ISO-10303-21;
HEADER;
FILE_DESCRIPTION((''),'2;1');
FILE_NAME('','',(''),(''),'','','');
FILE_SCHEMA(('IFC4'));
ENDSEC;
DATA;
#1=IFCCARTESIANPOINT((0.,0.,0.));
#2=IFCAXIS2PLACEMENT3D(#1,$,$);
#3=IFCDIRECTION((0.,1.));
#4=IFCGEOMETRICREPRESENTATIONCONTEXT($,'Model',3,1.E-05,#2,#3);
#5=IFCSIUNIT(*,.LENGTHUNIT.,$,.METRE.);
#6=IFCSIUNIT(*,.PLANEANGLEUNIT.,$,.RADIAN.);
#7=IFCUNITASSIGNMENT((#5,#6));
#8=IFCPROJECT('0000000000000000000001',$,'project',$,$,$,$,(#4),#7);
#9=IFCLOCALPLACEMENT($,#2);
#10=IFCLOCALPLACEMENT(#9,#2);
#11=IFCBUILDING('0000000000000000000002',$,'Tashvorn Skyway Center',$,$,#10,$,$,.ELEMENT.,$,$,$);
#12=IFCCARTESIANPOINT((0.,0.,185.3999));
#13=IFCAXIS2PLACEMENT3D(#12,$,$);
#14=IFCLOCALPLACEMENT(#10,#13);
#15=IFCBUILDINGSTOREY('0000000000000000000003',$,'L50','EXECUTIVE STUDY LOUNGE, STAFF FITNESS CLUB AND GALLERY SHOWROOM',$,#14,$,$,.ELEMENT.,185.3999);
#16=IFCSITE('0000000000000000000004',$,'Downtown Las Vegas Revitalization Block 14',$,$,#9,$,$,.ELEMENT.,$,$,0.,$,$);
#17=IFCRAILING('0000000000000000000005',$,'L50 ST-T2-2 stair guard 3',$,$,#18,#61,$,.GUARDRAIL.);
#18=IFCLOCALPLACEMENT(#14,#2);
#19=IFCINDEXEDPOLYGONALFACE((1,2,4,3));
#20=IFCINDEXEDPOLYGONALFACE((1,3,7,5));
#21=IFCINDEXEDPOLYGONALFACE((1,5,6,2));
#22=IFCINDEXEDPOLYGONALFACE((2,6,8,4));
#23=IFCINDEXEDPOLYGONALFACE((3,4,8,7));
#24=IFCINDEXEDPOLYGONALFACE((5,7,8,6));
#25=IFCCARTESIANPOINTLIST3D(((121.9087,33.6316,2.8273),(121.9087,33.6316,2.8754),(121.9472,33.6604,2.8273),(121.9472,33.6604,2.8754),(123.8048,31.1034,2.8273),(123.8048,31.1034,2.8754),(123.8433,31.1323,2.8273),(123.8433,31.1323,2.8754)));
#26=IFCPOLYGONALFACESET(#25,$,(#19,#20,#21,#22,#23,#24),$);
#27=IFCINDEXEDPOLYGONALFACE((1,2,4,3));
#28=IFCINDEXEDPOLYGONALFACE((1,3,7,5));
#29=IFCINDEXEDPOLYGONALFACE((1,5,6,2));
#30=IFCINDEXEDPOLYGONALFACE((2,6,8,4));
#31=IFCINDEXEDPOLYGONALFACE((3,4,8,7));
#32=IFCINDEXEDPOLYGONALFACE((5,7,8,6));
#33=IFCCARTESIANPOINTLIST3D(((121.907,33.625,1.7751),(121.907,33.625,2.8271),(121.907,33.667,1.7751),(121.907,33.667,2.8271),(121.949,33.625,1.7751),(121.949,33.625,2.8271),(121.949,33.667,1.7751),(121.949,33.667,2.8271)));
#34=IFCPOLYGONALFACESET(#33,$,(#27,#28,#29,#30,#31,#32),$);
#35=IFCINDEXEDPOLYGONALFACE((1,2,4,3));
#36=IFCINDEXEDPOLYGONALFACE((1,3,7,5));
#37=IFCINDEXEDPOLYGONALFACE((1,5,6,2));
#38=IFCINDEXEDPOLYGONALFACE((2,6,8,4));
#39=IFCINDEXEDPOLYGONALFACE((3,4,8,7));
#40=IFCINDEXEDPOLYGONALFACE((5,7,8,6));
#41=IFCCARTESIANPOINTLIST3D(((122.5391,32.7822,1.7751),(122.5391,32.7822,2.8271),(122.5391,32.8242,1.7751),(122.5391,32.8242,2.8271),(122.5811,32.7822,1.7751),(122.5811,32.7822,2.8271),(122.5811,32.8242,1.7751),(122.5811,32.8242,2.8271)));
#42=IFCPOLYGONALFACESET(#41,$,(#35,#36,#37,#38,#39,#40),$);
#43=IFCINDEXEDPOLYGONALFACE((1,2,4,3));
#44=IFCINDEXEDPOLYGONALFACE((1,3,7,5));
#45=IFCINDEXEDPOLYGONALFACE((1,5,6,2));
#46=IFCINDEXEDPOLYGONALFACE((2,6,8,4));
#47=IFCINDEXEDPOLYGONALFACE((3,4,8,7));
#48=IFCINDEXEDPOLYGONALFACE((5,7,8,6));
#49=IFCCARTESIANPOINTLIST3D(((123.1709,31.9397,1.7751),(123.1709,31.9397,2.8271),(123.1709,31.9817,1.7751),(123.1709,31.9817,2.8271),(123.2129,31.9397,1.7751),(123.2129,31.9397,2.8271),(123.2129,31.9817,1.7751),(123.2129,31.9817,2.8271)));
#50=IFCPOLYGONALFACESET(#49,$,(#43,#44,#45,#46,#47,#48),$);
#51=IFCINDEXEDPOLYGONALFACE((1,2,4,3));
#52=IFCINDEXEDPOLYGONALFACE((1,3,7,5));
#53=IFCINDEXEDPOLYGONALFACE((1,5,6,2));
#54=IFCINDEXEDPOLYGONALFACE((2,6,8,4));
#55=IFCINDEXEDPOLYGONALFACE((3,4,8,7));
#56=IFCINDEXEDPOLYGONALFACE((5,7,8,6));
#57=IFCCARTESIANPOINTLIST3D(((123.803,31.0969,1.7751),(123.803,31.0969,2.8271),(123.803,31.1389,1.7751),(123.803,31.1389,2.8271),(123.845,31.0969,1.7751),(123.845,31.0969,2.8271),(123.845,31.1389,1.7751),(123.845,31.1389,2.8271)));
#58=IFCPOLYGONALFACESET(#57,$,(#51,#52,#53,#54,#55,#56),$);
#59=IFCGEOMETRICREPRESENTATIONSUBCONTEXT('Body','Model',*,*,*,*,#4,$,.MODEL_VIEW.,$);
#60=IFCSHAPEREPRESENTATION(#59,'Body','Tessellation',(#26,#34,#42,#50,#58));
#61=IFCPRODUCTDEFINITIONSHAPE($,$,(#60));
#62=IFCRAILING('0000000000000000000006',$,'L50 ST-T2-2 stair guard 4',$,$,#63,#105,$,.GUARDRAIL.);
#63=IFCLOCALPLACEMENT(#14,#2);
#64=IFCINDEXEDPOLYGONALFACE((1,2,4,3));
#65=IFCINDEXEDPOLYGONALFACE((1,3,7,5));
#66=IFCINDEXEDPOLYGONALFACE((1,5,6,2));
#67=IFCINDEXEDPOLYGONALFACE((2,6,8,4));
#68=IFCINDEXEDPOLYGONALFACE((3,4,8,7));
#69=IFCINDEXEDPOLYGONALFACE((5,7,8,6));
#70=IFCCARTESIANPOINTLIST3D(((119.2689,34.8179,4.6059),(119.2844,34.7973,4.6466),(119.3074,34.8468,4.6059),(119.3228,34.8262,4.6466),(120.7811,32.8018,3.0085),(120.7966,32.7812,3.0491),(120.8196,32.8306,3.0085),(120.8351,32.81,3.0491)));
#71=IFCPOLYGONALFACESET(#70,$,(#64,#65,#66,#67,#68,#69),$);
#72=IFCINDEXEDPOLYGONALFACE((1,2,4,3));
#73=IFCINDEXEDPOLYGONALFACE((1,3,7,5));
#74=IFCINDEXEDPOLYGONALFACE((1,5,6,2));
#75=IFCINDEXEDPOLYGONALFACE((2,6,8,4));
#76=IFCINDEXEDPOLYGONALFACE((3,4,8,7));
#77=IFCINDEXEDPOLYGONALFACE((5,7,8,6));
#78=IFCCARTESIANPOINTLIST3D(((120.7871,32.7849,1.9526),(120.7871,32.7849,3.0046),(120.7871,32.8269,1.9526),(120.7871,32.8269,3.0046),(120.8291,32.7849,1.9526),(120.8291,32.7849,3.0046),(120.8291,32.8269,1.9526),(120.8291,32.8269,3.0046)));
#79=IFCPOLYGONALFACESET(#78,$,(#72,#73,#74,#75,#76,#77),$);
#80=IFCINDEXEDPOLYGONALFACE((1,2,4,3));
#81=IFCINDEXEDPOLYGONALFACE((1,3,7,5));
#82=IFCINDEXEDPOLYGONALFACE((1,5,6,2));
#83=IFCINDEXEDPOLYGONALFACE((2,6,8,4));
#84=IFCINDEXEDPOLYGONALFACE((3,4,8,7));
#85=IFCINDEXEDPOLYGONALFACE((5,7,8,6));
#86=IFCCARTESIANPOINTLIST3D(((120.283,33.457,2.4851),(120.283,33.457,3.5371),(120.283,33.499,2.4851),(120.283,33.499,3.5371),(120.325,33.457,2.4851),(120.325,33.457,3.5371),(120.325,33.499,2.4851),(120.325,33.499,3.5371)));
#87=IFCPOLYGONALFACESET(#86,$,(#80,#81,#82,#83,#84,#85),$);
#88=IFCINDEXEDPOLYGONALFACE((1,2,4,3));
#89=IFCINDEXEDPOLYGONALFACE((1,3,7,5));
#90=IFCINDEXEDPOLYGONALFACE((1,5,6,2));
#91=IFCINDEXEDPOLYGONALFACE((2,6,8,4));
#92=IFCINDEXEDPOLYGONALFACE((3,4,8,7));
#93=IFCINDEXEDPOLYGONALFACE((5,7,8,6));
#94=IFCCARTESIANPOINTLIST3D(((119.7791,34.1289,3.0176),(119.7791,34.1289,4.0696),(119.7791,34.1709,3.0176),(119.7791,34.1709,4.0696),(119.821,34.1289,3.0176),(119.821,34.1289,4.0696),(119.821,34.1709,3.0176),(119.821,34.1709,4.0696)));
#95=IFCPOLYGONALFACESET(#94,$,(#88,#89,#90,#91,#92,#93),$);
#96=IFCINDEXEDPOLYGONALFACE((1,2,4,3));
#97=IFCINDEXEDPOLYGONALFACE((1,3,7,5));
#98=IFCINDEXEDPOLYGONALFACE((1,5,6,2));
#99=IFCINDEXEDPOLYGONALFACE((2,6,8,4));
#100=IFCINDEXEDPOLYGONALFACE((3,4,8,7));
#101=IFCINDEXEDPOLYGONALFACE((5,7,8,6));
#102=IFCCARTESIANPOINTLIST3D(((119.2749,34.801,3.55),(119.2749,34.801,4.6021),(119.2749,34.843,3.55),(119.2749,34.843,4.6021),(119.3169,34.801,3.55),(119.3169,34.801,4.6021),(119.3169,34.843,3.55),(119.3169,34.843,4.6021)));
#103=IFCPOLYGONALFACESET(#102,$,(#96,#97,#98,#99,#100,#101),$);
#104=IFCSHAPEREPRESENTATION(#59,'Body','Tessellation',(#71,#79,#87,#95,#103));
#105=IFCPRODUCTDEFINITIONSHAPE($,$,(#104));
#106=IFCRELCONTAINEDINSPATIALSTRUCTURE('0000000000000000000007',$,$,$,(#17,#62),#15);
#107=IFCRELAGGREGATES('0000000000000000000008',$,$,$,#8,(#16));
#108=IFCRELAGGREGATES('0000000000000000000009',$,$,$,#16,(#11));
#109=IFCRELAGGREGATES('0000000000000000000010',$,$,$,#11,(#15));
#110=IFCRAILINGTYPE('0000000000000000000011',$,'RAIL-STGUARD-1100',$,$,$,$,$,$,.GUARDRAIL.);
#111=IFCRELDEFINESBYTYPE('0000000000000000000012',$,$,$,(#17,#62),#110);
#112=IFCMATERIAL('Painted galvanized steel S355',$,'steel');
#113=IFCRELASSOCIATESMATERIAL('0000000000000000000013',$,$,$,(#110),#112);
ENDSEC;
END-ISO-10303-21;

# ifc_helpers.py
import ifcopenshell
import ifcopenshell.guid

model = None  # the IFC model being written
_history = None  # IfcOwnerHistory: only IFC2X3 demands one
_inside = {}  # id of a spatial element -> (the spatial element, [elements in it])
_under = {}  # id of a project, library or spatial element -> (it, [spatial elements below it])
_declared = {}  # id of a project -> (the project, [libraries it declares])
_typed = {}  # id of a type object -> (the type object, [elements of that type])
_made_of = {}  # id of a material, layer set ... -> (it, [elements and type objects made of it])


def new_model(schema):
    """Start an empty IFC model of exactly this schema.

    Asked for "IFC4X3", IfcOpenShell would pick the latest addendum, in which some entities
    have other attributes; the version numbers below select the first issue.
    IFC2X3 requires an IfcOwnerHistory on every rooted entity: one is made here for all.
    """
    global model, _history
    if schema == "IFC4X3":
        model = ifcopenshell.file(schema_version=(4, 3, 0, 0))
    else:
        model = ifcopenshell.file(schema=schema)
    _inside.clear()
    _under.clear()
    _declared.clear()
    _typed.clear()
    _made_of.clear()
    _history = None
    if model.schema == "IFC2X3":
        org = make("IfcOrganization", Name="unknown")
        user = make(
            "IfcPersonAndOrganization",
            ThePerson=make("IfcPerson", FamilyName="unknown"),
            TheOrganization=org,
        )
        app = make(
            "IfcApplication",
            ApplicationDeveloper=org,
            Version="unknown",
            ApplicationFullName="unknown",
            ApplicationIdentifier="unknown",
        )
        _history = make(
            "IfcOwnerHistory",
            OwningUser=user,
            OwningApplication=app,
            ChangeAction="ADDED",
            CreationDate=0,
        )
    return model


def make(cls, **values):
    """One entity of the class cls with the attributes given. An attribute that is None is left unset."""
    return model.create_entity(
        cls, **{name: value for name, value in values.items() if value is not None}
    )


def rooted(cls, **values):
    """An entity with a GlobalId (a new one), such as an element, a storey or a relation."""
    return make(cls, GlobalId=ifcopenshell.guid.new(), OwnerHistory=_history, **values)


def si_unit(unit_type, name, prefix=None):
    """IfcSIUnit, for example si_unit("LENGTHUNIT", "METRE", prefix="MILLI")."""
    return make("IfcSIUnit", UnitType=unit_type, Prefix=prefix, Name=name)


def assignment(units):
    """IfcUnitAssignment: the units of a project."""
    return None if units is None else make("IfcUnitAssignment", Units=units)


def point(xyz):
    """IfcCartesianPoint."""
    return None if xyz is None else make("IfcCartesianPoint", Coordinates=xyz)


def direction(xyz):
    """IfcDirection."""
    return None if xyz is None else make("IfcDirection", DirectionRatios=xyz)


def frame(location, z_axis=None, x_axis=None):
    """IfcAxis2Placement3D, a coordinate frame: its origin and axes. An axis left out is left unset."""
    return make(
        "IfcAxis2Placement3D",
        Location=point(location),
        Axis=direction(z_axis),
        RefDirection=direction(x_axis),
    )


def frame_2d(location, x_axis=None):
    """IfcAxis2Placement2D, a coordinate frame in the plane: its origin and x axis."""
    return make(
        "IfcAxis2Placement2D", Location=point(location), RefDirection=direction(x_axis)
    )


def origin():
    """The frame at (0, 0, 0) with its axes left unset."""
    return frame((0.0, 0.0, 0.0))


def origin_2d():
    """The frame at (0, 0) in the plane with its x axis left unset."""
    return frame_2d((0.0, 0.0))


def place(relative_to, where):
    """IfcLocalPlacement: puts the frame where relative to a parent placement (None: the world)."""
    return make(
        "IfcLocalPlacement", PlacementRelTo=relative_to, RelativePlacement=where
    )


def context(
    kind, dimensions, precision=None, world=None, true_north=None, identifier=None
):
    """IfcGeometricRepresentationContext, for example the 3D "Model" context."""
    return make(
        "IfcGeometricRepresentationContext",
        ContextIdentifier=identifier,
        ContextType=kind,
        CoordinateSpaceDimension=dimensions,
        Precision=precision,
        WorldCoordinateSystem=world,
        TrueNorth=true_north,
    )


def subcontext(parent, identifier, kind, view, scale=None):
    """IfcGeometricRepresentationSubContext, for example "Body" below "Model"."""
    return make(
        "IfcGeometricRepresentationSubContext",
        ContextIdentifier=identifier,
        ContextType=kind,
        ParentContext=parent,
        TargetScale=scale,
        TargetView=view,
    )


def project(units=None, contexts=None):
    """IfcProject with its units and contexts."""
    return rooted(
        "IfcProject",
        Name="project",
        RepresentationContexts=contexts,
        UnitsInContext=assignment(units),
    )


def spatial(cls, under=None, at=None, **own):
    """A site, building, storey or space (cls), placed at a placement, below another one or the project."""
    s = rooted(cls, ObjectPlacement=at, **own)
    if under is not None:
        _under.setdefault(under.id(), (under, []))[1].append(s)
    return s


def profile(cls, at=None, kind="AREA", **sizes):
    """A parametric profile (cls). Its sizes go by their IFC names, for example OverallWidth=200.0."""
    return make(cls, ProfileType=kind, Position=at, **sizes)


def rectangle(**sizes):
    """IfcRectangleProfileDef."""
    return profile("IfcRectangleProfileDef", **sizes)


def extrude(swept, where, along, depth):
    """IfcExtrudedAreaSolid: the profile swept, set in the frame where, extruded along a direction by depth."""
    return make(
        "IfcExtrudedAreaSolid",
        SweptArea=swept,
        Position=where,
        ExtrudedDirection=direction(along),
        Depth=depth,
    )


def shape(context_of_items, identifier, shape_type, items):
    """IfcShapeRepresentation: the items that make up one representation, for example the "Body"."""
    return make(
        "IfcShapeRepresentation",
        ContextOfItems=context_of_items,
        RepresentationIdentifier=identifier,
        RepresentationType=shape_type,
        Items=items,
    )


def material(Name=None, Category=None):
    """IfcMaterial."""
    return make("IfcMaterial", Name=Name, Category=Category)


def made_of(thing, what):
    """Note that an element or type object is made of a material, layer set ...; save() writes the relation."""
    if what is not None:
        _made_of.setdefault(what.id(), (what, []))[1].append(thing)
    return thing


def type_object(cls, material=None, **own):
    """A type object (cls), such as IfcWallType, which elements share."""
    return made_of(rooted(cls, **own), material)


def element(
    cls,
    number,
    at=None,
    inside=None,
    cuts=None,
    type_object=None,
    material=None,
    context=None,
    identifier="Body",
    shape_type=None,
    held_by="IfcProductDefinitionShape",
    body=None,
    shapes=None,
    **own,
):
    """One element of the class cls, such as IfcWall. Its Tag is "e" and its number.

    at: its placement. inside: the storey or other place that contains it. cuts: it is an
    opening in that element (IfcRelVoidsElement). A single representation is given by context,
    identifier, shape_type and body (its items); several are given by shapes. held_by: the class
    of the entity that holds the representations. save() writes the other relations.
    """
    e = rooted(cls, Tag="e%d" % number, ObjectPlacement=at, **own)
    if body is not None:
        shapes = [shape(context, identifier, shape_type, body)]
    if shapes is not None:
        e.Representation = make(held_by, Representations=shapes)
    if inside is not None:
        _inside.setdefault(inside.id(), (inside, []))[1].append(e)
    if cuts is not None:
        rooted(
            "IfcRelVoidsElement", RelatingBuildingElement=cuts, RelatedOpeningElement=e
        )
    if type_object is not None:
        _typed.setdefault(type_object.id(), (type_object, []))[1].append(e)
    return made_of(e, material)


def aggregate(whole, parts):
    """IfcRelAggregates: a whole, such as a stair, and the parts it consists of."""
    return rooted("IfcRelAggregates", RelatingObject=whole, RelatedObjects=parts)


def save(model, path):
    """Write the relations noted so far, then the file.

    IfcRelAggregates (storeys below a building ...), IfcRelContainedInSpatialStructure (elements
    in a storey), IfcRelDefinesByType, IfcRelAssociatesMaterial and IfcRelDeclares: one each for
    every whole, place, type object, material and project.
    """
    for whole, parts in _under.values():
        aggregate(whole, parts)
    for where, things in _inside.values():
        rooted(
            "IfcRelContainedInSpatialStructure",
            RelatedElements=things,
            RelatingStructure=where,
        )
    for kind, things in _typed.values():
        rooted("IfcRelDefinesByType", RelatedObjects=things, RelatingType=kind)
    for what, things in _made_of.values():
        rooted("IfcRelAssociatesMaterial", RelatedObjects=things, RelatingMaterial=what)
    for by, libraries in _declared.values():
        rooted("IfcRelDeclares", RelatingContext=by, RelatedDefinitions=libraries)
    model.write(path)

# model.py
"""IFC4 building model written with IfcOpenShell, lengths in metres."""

from ifc_helpers import new_model, si_unit, direction, frame, origin, origin_2d, place, context, subcontext, project, spatial, rectangle, extrude, material, type_object, element, save


model = new_model("IFC4")

# Units and contexts
model_context = context("Model", 3, precision=1e-05, world=origin(), true_north=direction((0.0, 1.0)))
body_context = subcontext(model_context, "Body", "Model", "MODEL_VIEW")
ifc_project = project(units=[si_unit("LENGTHUNIT", "METRE"), si_unit("PLANEANGLEUNIT", "RADIAN")], contexts=[model_context])

# Site, building, storey
site_placement = place(None, origin())
site = spatial("IfcSite", under=ifc_project, at=site_placement, Name="Downtown Las Vegas Revitalization Block 14", CompositionType="ELEMENT", RefElevation=0.0)
building_placement = place(site_placement, origin())
building = spatial("IfcBuilding", under=site, at=building_placement, Name="Tashvorn Skyway Center", CompositionType="ELEMENT")
storey_placement = place(building_placement, frame((0.0, 0.0, 185.3999)))
storey = spatial("IfcBuildingStorey", under=building, at=storey_placement, Name="L50", Description="EXECUTIVE STUDY LOUNGE, STAFF FITNESS CLUB AND GALLERY SHOWROOM", CompositionType="ELEMENT", Elevation=185.3999)

# Railings
ifc_material_1 = material(Name="Painted galvanized steel S355", Category="steel")
railing_type_1 = type_object("IfcRailingType", Name="RAIL-STGUARD-1100", PredefinedType="GUARDRAIL", material=ifc_material_1)
railing_1_placement = place(storey_placement, frame((121.928, 33.646, 1.7751)))
element("IfcRailing", 1, at=railing_1_placement, inside=storey, type_object=railing_type_1, Name="L50 ST-T2-2 stair guard 3", PredefinedType="GUARDRAIL", context=body_context, shape_type="SweptSolid", body=[
    extrude(rectangle(XDim=0.0481, YDim=0.0481, at=origin_2d()), frame((0.0, 0.0, 1.0762), z_axis=(0.599988, -0.800009, 0.0), x_axis=(0.800009, 0.599988, 0.0)), (0.0, 0.0, 1.0), 3.1602),
    extrude(rectangle(XDim=0.042, YDim=0.042, at=origin_2d()), origin(), (0.0, 0.0, 1.0), 1.052),
    extrude(rectangle(XDim=0.042, YDim=0.042, at=origin_2d()), frame((0.6321, -0.8428, 0.0)), (0.0, 0.0, 1.0), 1.052),
    extrude(rectangle(XDim=0.042, YDim=0.042, at=origin_2d()), frame((1.2639, -1.6853, 0.0)), (0.0, 0.0, 1.0), 1.052),
    extrude(rectangle(XDim=0.042, YDim=0.042, at=origin_2d()), frame((1.896, -2.5281, 0.0)), (0.0, 0.0, 1.0), 1.052),
])
railing_2_placement = place(storey_placement, frame((120.8081, 32.8059, 1.9526)))
element("IfcRailing", 2, at=railing_2_placement, inside=storey, type_object=railing_type_1, Name="L50 ST-T2-2 stair guard 4", PredefinedType="GUARDRAIL", context=body_context, shape_type="SweptSolid", body=[
    extrude(rectangle(XDim=0.0481, YDim=0.0481, at=origin_2d()), frame((0.0, 0.0, 1.0762), z_axis=(-0.506802, 0.675681, 0.535357), x_axis=(-0.799977, -0.600031, 0.0)), (0.0, 0.0, 1.0), 2.9839),
    extrude(rectangle(XDim=0.042, YDim=0.042, at=origin_2d()), origin(), (0.0, 0.0, 1.0), 1.052),
    extrude(rectangle(XDim=0.042, YDim=0.042, at=origin_2d()), frame((-0.5042, 0.6721, 0.5325)), (0.0, 0.0, 1.0), 1.052),
    extrude(rectangle(XDim=0.042, YDim=0.042, at=origin_2d()), frame((-1.0081, 1.344, 1.0649)), (0.0, 0.0, 1.0), 1.052),
    extrude(rectangle(XDim=0.042, YDim=0.042, at=origin_2d()), frame((-1.5122, 2.0161, 1.5974)), (0.0, 0.0, 1.0), 1.052),
])

save(model, "model.ifc")
